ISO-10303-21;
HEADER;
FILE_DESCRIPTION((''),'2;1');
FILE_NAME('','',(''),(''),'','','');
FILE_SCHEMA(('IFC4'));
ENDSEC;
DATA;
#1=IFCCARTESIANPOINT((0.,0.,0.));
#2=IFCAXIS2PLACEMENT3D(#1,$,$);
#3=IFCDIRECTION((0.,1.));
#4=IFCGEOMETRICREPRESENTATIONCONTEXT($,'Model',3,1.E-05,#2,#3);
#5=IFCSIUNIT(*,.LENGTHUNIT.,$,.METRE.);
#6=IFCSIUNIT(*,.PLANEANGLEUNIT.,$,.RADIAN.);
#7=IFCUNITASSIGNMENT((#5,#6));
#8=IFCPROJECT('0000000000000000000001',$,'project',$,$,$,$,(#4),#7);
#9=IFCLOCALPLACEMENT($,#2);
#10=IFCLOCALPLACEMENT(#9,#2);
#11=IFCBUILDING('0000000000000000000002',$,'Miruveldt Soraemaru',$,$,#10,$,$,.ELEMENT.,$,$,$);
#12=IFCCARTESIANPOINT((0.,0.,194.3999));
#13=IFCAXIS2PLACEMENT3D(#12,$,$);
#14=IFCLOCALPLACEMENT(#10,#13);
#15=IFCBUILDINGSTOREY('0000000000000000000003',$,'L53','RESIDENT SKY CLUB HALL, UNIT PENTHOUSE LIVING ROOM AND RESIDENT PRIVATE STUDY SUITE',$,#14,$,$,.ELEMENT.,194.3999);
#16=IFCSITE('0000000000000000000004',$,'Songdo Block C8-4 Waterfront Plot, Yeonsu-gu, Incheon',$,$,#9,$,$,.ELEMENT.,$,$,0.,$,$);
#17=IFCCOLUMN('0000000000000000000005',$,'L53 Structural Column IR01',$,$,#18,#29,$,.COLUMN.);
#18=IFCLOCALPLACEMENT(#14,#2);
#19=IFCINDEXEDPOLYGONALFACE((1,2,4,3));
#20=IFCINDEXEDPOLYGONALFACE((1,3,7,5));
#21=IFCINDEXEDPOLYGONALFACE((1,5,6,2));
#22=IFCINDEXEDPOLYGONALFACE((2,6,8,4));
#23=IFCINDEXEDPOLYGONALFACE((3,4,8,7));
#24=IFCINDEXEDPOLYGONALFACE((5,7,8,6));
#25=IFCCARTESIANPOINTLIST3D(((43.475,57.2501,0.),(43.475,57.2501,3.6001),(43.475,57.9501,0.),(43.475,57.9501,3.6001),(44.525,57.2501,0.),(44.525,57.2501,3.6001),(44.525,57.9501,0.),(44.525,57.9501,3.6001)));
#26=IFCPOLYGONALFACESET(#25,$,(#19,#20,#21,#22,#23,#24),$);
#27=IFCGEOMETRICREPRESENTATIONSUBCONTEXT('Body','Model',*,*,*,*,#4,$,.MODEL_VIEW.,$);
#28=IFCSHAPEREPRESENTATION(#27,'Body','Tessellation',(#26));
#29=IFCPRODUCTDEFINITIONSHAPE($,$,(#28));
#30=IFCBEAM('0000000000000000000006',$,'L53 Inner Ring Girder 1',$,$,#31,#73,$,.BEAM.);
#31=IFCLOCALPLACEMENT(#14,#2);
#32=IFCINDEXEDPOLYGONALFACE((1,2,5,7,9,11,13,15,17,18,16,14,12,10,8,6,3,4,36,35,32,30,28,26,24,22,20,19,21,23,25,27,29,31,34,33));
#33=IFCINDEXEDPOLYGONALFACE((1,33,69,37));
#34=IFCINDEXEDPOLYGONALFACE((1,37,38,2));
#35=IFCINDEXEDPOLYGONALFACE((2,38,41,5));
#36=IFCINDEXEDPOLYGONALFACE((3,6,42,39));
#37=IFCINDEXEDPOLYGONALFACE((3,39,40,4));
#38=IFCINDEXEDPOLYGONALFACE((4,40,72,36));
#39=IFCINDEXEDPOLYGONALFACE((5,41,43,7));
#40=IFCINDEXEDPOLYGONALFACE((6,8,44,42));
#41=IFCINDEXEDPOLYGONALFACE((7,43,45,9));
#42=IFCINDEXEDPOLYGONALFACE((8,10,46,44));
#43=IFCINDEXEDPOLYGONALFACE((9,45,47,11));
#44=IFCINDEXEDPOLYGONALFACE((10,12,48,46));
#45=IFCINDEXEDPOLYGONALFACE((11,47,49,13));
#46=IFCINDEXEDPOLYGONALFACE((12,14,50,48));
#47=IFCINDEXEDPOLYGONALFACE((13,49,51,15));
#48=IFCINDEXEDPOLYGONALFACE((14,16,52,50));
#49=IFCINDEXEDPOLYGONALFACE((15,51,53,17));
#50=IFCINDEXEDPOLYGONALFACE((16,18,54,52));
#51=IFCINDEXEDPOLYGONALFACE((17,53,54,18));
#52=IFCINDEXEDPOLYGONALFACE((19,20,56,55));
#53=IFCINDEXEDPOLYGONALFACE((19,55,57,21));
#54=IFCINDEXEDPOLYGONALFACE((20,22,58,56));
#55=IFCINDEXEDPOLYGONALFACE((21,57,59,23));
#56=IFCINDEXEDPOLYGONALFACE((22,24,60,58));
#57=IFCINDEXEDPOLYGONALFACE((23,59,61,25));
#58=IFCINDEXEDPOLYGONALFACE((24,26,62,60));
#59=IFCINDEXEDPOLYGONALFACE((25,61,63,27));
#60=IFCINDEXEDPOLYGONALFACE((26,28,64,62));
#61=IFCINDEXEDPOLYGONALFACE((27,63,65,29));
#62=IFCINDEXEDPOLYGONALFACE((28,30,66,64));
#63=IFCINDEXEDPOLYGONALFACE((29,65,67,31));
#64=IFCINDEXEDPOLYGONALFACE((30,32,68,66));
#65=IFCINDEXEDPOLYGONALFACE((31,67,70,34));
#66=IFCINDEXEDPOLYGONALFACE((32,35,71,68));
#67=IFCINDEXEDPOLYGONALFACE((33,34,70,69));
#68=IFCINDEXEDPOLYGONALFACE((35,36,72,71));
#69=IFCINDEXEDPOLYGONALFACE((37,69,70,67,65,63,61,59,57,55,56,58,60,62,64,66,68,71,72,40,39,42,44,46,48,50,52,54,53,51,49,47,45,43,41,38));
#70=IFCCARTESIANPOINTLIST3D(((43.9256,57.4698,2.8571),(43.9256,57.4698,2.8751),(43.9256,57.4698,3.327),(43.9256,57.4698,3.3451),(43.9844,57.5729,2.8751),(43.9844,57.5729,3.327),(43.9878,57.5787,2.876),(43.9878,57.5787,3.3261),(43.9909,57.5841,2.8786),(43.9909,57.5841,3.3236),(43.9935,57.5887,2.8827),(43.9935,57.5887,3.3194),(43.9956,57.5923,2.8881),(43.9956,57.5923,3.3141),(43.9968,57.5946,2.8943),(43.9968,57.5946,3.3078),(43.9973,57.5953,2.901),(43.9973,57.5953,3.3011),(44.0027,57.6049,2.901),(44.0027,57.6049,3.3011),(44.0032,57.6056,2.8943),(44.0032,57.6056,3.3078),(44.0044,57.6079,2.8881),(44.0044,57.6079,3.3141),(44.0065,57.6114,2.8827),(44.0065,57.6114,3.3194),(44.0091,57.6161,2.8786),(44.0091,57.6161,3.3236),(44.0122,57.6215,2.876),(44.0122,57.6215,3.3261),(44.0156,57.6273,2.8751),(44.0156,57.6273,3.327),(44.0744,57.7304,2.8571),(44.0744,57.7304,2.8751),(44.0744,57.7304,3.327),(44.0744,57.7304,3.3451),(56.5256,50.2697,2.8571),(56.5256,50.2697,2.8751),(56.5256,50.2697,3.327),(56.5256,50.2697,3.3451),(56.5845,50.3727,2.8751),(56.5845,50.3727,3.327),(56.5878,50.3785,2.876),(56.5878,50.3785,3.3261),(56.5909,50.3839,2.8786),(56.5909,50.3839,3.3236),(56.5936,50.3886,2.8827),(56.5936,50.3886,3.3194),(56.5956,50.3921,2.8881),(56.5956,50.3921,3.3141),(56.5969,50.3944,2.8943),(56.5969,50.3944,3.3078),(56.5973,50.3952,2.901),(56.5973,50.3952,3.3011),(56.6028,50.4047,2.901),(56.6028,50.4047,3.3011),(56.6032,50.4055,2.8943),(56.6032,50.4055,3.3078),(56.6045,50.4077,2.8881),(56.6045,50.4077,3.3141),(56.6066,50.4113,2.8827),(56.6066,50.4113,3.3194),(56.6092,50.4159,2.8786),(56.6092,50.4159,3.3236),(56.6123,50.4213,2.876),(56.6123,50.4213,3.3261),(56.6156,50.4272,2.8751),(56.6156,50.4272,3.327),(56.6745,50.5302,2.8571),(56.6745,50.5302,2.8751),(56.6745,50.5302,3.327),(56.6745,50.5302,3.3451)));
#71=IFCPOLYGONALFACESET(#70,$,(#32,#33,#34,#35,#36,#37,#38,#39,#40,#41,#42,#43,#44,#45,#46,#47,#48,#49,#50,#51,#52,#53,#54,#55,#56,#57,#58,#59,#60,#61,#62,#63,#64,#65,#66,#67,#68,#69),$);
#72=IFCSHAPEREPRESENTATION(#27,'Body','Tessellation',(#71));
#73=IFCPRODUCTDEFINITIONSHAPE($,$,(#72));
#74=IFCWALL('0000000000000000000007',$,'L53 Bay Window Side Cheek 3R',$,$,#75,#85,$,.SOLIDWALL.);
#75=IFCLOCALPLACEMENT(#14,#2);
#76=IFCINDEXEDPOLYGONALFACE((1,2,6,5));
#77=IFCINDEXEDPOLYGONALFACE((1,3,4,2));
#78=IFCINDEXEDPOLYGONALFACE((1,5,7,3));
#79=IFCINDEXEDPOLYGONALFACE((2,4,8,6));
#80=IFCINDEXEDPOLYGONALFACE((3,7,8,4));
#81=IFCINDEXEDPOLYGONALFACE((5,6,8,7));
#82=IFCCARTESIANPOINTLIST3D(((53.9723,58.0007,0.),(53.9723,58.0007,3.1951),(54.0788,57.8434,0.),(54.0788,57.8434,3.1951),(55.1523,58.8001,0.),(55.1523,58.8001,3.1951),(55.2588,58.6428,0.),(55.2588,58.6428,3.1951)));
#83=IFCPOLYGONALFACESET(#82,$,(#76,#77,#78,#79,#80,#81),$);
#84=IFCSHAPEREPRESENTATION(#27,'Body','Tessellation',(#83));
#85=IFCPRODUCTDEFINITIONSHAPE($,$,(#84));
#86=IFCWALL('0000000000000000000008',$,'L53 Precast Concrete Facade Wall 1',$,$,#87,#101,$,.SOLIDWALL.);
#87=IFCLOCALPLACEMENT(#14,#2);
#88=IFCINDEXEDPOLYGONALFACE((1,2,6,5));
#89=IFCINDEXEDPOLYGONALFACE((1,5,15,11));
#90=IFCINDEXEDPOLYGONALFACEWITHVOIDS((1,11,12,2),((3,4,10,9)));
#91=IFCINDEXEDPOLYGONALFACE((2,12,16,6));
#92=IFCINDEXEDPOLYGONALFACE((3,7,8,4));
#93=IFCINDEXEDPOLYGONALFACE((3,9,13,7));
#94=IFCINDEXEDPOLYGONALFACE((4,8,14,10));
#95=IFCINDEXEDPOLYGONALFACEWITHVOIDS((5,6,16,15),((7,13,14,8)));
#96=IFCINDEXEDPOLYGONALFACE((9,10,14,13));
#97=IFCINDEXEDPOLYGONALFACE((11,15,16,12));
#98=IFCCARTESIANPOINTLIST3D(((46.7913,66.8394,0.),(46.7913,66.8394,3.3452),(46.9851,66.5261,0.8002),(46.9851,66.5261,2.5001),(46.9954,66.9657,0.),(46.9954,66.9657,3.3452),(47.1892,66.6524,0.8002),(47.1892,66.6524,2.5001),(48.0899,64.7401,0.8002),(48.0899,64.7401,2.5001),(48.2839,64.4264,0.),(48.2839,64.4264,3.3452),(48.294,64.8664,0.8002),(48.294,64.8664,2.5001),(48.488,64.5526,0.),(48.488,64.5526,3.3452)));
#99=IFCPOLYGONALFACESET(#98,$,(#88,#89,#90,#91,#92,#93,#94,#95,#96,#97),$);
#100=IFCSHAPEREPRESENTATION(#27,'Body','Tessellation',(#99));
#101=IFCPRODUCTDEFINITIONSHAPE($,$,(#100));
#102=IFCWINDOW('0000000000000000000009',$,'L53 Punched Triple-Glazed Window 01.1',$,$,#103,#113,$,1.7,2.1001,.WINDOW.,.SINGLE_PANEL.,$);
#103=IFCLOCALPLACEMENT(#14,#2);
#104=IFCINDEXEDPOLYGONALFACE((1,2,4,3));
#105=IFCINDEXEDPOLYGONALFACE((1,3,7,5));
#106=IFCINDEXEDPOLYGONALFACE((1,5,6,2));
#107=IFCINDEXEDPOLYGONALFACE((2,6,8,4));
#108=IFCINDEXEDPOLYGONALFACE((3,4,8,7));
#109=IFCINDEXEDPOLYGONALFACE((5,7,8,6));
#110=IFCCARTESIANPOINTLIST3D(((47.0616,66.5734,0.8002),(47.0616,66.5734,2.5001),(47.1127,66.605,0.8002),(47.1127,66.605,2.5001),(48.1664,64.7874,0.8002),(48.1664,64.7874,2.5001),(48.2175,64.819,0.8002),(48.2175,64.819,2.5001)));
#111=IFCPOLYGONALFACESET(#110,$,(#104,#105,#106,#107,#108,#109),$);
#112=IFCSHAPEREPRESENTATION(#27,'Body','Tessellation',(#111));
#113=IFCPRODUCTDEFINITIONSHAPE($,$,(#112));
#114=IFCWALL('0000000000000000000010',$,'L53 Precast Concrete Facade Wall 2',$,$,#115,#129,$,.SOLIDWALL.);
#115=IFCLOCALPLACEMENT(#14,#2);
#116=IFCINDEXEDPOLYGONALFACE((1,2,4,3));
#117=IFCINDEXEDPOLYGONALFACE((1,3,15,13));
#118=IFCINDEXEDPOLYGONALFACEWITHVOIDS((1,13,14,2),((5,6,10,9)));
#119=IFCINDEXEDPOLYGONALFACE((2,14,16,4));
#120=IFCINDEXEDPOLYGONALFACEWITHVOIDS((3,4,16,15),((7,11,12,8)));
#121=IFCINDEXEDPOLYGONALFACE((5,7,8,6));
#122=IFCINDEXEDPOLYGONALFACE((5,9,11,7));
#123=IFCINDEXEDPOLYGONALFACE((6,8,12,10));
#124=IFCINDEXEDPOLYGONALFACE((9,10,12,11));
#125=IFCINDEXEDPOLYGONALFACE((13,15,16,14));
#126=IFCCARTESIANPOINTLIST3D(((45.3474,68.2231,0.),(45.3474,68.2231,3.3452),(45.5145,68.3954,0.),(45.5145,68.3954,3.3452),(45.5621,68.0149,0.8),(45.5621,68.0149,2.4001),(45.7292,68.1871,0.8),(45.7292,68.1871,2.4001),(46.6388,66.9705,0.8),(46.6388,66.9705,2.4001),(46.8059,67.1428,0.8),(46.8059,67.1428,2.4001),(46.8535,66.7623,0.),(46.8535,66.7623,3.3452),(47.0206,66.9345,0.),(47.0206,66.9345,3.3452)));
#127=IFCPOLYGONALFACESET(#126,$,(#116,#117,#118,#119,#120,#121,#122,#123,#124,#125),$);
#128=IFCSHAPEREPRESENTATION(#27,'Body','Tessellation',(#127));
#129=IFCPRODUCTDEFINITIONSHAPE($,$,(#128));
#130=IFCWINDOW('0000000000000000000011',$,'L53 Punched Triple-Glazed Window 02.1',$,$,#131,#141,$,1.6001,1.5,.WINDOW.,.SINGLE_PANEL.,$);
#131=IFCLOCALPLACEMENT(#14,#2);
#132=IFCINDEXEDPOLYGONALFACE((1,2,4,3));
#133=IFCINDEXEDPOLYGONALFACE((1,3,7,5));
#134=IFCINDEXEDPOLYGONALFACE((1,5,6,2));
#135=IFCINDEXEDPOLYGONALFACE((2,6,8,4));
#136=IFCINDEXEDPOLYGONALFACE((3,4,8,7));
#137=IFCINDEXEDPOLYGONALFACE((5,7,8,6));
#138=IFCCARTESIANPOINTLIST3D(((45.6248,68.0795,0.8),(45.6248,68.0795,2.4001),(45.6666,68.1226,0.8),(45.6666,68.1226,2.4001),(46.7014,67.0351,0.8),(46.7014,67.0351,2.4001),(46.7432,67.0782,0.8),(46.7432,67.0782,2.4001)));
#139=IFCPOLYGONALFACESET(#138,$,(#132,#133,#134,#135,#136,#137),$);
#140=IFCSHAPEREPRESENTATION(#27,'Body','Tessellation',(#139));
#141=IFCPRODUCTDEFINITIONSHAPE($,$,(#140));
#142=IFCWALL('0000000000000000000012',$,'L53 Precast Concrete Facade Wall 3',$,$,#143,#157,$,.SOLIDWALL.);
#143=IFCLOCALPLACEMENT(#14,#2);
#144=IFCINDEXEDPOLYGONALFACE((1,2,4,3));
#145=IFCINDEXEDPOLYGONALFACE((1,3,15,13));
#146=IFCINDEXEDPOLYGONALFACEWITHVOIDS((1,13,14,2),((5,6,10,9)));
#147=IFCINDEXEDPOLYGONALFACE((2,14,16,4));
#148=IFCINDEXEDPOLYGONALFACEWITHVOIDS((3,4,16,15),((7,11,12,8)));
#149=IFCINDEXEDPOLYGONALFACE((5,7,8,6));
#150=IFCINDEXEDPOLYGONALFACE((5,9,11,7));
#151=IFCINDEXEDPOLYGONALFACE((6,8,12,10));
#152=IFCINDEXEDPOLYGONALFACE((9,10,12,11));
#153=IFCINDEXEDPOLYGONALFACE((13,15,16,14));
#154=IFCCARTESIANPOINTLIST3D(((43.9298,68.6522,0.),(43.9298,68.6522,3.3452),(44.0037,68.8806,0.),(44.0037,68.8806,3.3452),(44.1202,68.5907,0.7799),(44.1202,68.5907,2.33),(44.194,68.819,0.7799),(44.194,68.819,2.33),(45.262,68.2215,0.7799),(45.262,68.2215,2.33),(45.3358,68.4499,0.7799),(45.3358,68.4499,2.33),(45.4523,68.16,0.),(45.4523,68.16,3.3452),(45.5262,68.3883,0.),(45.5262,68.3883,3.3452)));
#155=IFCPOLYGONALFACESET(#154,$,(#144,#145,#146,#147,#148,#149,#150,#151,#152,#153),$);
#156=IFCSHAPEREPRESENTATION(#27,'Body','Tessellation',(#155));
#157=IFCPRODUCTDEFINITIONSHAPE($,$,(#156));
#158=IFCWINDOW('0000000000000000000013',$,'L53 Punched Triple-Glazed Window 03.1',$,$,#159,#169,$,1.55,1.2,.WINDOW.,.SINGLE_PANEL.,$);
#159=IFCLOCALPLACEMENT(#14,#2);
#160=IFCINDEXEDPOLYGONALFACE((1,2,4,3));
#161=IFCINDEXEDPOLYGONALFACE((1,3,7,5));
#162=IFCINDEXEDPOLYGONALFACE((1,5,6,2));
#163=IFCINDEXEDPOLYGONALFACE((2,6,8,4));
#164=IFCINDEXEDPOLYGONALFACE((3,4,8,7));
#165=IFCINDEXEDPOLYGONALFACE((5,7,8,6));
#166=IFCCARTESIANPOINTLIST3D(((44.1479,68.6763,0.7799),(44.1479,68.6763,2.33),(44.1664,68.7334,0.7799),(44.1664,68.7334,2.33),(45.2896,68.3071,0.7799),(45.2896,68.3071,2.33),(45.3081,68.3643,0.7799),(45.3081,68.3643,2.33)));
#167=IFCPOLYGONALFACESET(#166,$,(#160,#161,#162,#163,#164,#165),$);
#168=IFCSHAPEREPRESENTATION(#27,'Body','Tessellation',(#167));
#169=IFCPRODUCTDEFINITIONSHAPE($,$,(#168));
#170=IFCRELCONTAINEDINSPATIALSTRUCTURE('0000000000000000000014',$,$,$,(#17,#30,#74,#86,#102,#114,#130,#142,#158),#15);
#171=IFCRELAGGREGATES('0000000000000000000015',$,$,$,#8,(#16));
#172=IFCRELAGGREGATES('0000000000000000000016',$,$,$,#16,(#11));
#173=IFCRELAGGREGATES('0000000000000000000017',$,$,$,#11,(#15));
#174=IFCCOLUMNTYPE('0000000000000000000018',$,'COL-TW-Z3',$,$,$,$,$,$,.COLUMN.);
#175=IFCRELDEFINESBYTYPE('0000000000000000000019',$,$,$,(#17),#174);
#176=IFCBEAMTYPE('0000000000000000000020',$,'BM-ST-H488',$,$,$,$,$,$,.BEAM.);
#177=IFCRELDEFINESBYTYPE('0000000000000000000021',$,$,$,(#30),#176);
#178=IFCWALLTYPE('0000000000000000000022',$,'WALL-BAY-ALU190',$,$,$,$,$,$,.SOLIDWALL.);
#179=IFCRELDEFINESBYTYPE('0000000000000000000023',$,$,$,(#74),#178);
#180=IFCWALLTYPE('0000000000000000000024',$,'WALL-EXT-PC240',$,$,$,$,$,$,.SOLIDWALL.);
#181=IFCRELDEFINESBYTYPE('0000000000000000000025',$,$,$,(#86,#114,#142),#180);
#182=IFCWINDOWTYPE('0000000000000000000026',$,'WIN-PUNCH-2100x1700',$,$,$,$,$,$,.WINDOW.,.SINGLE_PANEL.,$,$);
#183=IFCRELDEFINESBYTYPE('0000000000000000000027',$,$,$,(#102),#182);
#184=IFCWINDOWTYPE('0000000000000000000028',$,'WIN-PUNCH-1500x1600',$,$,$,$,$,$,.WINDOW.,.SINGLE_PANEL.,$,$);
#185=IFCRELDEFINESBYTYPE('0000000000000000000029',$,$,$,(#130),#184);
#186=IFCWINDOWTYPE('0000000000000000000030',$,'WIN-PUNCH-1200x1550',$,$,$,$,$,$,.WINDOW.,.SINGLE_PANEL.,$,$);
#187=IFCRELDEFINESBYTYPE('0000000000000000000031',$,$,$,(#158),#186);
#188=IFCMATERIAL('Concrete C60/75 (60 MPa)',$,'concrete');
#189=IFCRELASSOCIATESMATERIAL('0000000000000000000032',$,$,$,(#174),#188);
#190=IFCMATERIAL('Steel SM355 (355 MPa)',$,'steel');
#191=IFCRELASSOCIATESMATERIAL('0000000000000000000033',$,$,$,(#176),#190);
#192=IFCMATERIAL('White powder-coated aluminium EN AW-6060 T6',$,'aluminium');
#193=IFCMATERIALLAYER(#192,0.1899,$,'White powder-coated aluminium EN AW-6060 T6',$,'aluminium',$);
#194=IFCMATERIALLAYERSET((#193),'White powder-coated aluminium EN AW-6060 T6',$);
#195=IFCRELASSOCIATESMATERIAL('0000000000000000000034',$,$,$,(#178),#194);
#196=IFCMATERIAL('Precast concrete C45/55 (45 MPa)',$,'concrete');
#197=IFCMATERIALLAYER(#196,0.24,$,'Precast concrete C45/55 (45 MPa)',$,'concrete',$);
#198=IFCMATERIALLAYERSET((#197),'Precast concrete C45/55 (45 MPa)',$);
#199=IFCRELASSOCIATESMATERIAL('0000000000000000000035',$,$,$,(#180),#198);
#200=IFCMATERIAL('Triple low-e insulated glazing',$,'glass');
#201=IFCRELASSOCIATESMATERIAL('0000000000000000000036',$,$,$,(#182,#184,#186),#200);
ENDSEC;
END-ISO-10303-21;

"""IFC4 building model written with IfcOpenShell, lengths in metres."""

from ifc_helpers import new_model, si_unit, direction, frame, frame_2d, origin, origin_2d, place, context, subcontext, project, spatial, rectangle, i_section, extrude, material, layer, layer_set, material_profile, profile_set, type_object, element, fill, save


model = new_model("IFC4")

# Units and contexts
model_context = context("Model", 3, precision=1e-05, world=origin(), true_north=direction((0.0, 1.0)))
body_context = subcontext(model_context, "Body", "Model", "MODEL_VIEW")
ifc_project = project(units=[si_unit("LENGTHUNIT", "METRE"), si_unit("PLANEANGLEUNIT", "RADIAN")], contexts=[model_context])

# Site, building, storey
site_placement = place(None, origin())
site = spatial("IfcSite", under=ifc_project, at=site_placement, Name="Songdo Block C8-4 Waterfront Plot, Yeonsu-gu, Incheon", CompositionType="ELEMENT", RefElevation=0.0)
building_placement = place(site_placement, origin())
building = spatial("IfcBuilding", under=site, at=building_placement, Name="Miruveldt Soraemaru", CompositionType="ELEMENT")
storey_placement = place(building_placement, frame((0.0, 0.0, 194.3999)))
storey = spatial("IfcBuildingStorey", under=building, at=storey_placement, Name="L53", Description="RESIDENT SKY CLUB HALL, UNIT PENTHOUSE LIVING ROOM AND RESIDENT PRIVATE STUDY SUITE", CompositionType="ELEMENT", Elevation=194.3999)

# Column
ifc_material_1 = material(Name="Concrete C60/75 (60 MPa)", Category="concrete")
ifc_material_profile_1 = material_profile(ifc_material_1, rectangle(XDim=1.05, YDim=0.7, at=origin_2d()), Name="Concrete C60/75 (60 MPa)", Category="concrete")
ifc_profile_set_1 = profile_set([ifc_material_profile_1], Name="Concrete C60/75 (60 MPa)")
column_type = type_object("IfcColumnType", Name="COL-TW-Z3", PredefinedType="COLUMN", material=ifc_profile_set_1)
column_placement = place(storey_placement, frame((44.0, 57.6001, 0.0), z_axis=(0.0, 0.0, 1.0), x_axis=(1.0, 0.0, 0.0)))
element("IfcColumn", 1, at=column_placement, inside=storey, type_object=column_type, Name="L53 Structural Column IR01", PredefinedType="COLUMN", context=body_context, shape_type="SweptSolid", body=[
    extrude(rectangle(XDim=1.05, YDim=0.7, at=origin_2d()), origin(), (0.0, 0.0, 1.0), 3.6001),
])

# Beam
ifc_material_2 = material(Name="Steel SM355 (355 MPa)", Category="steel")
ifc_material_profile_2 = material_profile(ifc_material_2, i_section(OverallWidth=0.3, OverallDepth=0.488, WebThickness=0.011, FlangeThickness=0.0181, FilletRadius=0.0259, at=origin_2d()), Name="Steel SM355 (355 MPa)", Category="steel")
ifc_profile_set_2 = profile_set([ifc_material_profile_2], Name="Steel SM355 (355 MPa)")
beam_type = type_object("IfcBeamType", Name="BM-ST-H488", PredefinedType="BEAM", material=ifc_profile_set_2)
beam_placement = place(storey_placement, frame((44.0, 57.6001, 3.1011), z_axis=(0.868239, -0.496146, 0.0), x_axis=(0.496146, 0.868239, 0.0)))
element("IfcBeam", 2, at=beam_placement, inside=storey, type_object=beam_type, Name="L53 Inner Ring Girder 1", PredefinedType="BEAM", context=body_context, shape_type="SweptSolid", body=[
    extrude(i_section(OverallWidth=0.3, OverallDepth=0.488, WebThickness=0.011, FlangeThickness=0.0181, FilletRadius=0.0259, at=origin_2d()), origin(), (0.0, 0.0, 1.0), 14.5122),
])

# Wall
ifc_material_3 = material(Name="White powder-coated aluminium EN AW-6060 T6", Category="aluminium")
ifc_layer_1 = layer(ifc_material_3, 0.1899, Name="White powder-coated aluminium EN AW-6060 T6", Category="aluminium")
ifc_layer_set_1 = layer_set([ifc_layer_1], Name="White powder-coated aluminium EN AW-6060 T6")
wall_type_1 = type_object("IfcWallType", Name="WALL-BAY-ALU190", PredefinedType="SOLIDWALL", material=ifc_layer_set_1)
wall_1_placement = place(storey_placement, frame((55.2056, 58.7214, 0.0), z_axis=(0.0, 0.0, 1.0), x_axis=(-0.827916, -0.560852, 0.0)))
element("IfcWall", 3, at=wall_1_placement, inside=storey, type_object=wall_type_1, Name="L53 Bay Window Side Cheek 3R", PredefinedType="SOLIDWALL", context=body_context, shape_type="SweptSolid", body=[
    extrude(rectangle(XDim=1.4253, YDim=0.1899, at=frame_2d((0.7126, 0.0))), origin(), (0.0, 0.0, 1.0), 3.1951),
])

# Walls, openings, windows
ifc_material_4 = material(Name="Precast concrete C45/55 (45 MPa)", Category="concrete")
ifc_layer_2 = layer(ifc_material_4, 0.24, Name="Precast concrete C45/55 (45 MPa)", Category="concrete")
ifc_layer_set_2 = layer_set([ifc_layer_2], Name="Precast concrete C45/55 (45 MPa)")
wall_type_2 = type_object("IfcWallType", Name="WALL-EXT-PC240", PredefinedType="SOLIDWALL", material=ifc_layer_set_2)
wall_2_placement = place(storey_placement, frame((48.386, 64.4895, 0.0), z_axis=(0.0, 0.0, 1.0), x_axis=(-0.526064, 0.850445, 0.0)))
wall_2 = element("IfcWall", 4, at=wall_2_placement, inside=storey, type_object=wall_type_2, Name="L53 Precast Concrete Facade Wall 1", PredefinedType="SOLIDWALL", context=body_context, shape_type="SweptSolid", body=[
    extrude(rectangle(XDim=2.8374, YDim=0.24, at=frame_2d((1.4187, 0.0))), origin(), (0.0, 0.0, 1.0), 3.3452),
])
opening_1_placement = place(wall_2_placement, frame((0.3689, 0.0, 0.8)))
opening_1 = element("IfcOpeningElement", 5, at=opening_1_placement, cuts=wall_2, PredefinedType="OPENING", context=body_context, shape_type="SweptSolid", body=[
    extrude(rectangle(XDim=2.1001, YDim=1.7, at=frame_2d((1.05, 0.8501))), frame((0.0, 0.1299, 0.0), z_axis=(0.0, -1.0, 0.0), x_axis=(1.0, 0.0, 0.0)), (0.0, 0.0, 1.0), 0.26),
])
ifc_material_5 = material(Name="Triple low-e insulated glazing", Category="glass")
window_type_1 = type_object("IfcWindowType", Name="WIN-PUNCH-2100x1700", PartitioningType="SINGLE_PANEL", PredefinedType="WINDOW", material=ifc_material_5)
window_1_placement = place(opening_1_placement, origin())
window_1 = element("IfcWindow", 6, at=window_1_placement, inside=storey, type_object=window_type_1, Name="L53 Punched Triple-Glazed Window 01.1", OverallHeight=1.7, OverallWidth=2.1001, PartitioningType="SINGLE_PANEL", PredefinedType="WINDOW", context=body_context, shape_type="SweptSolid", body=[
    extrude(rectangle(XDim=2.1001, YDim=1.7, at=frame_2d((1.05, 0.8501))), frame((0.0, 0.03, 0.0), z_axis=(0.0, -1.0, 0.0), x_axis=(1.0, 0.0, 0.0)), (0.0, 0.0, 1.0), 0.0601),
])
fill(opening_1, window_1)
wall_3_placement = place(storey_placement, frame((46.937, 66.8484, 0.0), z_axis=(0.0, 0.0, 1.0), x_axis=(-0.717788, 0.696262, 0.0)))
wall_3 = element("IfcWall", 7, at=wall_3_placement, inside=storey, type_object=wall_type_2, Name="L53 Precast Concrete Facade Wall 2", PredefinedType="SOLIDWALL", context=body_context, shape_type="SweptSolid", body=[
    extrude(rectangle(XDim=2.0981, YDim=0.24, at=frame_2d((1.0491, 0.0))), origin(), (0.0, 0.0, 1.0), 3.3452),
])
opening_2_placement = place(wall_3_placement, frame((0.2991, 0.0, 0.8)))
opening_2 = element("IfcOpeningElement", 8, at=opening_2_placement, cuts=wall_3, PredefinedType="OPENING", context=body_context, shape_type="SweptSolid", body=[
    extrude(rectangle(XDim=1.5, YDim=1.6001, at=frame_2d((0.75, 0.8))), frame((0.0, 0.1299, 0.0), z_axis=(0.0, -1.0, 0.0), x_axis=(1.0, 0.0, 0.0)), (0.0, 0.0, 1.0), 0.26),
])
window_type_2 = type_object("IfcWindowType", Name="WIN-PUNCH-1500x1600", PartitioningType="SINGLE_PANEL", PredefinedType="WINDOW", material=ifc_material_5)
window_2_placement = place(opening_2_placement, origin())
window_2 = element("IfcWindow", 9, at=window_2_placement, inside=storey, type_object=window_type_2, Name="L53 Punched Triple-Glazed Window 02.1", OverallHeight=1.6001, OverallWidth=1.5, PartitioningType="SINGLE_PANEL", PredefinedType="WINDOW", context=body_context, shape_type="SweptSolid", body=[
    extrude(rectangle(XDim=1.5, YDim=1.6001, at=frame_2d((0.75, 0.8))), frame((0.0, 0.03, 0.0), z_axis=(0.0, -1.0, 0.0), x_axis=(1.0, 0.0, 0.0)), (0.0, 0.0, 1.0), 0.0601),
])
fill(opening_2, window_2)
wall_4_placement = place(storey_placement, frame((45.4893, 68.2742, 0.0), z_axis=(0.0, 0.0, 1.0), x_axis=(-0.951513, 0.307609, 0.0)))
wall_4 = element("IfcWall", 10, at=wall_4_placement, inside=storey, type_object=wall_type_2, Name="L53 Precast Concrete Facade Wall 3", PredefinedType="SOLIDWALL", context=body_context, shape_type="SweptSolid", body=[
    extrude(rectangle(XDim=1.6001, YDim=0.24, at=frame_2d((0.8, 0.0))), origin(), (0.0, 0.0, 1.0), 3.3452),
])
opening_3_placement = place(wall_4_placement, frame((0.2, 0.0, 0.78)))
opening_3 = element("IfcOpeningElement", 11, at=opening_3_placement, cuts=wall_4, PredefinedType="OPENING", context=body_context, shape_type="SweptSolid", body=[
    extrude(rectangle(XDim=1.2, YDim=1.55, at=frame_2d((0.6001, 0.7749))), frame((0.0, 0.1299, 0.0), z_axis=(0.0, -1.0, 0.0), x_axis=(1.0, 0.0, 0.0)), (0.0, 0.0, 1.0), 0.26),
])
window_type_3 = type_object("IfcWindowType", Name="WIN-PUNCH-1200x1550", PartitioningType="SINGLE_PANEL", PredefinedType="WINDOW", material=ifc_material_5)
window_3_placement = place(opening_3_placement, origin())
window_3 = element("IfcWindow", 12, at=window_3_placement, inside=storey, type_object=window_type_3, Name="L53 Punched Triple-Glazed Window 03.1", OverallHeight=1.55, OverallWidth=1.2, PartitioningType="SINGLE_PANEL", PredefinedType="WINDOW", context=body_context, shape_type="SweptSolid", body=[
    extrude(rectangle(XDim=1.2, YDim=1.55, at=frame_2d((0.6001, 0.7749))), frame((0.0, 0.03, 0.0), z_axis=(0.0, -1.0, 0.0), x_axis=(1.0, 0.0, 0.0)), (0.0, 0.0, 1.0), 0.0601),
])
fill(opening_3, window_3)

save(model, "model.ifc")
